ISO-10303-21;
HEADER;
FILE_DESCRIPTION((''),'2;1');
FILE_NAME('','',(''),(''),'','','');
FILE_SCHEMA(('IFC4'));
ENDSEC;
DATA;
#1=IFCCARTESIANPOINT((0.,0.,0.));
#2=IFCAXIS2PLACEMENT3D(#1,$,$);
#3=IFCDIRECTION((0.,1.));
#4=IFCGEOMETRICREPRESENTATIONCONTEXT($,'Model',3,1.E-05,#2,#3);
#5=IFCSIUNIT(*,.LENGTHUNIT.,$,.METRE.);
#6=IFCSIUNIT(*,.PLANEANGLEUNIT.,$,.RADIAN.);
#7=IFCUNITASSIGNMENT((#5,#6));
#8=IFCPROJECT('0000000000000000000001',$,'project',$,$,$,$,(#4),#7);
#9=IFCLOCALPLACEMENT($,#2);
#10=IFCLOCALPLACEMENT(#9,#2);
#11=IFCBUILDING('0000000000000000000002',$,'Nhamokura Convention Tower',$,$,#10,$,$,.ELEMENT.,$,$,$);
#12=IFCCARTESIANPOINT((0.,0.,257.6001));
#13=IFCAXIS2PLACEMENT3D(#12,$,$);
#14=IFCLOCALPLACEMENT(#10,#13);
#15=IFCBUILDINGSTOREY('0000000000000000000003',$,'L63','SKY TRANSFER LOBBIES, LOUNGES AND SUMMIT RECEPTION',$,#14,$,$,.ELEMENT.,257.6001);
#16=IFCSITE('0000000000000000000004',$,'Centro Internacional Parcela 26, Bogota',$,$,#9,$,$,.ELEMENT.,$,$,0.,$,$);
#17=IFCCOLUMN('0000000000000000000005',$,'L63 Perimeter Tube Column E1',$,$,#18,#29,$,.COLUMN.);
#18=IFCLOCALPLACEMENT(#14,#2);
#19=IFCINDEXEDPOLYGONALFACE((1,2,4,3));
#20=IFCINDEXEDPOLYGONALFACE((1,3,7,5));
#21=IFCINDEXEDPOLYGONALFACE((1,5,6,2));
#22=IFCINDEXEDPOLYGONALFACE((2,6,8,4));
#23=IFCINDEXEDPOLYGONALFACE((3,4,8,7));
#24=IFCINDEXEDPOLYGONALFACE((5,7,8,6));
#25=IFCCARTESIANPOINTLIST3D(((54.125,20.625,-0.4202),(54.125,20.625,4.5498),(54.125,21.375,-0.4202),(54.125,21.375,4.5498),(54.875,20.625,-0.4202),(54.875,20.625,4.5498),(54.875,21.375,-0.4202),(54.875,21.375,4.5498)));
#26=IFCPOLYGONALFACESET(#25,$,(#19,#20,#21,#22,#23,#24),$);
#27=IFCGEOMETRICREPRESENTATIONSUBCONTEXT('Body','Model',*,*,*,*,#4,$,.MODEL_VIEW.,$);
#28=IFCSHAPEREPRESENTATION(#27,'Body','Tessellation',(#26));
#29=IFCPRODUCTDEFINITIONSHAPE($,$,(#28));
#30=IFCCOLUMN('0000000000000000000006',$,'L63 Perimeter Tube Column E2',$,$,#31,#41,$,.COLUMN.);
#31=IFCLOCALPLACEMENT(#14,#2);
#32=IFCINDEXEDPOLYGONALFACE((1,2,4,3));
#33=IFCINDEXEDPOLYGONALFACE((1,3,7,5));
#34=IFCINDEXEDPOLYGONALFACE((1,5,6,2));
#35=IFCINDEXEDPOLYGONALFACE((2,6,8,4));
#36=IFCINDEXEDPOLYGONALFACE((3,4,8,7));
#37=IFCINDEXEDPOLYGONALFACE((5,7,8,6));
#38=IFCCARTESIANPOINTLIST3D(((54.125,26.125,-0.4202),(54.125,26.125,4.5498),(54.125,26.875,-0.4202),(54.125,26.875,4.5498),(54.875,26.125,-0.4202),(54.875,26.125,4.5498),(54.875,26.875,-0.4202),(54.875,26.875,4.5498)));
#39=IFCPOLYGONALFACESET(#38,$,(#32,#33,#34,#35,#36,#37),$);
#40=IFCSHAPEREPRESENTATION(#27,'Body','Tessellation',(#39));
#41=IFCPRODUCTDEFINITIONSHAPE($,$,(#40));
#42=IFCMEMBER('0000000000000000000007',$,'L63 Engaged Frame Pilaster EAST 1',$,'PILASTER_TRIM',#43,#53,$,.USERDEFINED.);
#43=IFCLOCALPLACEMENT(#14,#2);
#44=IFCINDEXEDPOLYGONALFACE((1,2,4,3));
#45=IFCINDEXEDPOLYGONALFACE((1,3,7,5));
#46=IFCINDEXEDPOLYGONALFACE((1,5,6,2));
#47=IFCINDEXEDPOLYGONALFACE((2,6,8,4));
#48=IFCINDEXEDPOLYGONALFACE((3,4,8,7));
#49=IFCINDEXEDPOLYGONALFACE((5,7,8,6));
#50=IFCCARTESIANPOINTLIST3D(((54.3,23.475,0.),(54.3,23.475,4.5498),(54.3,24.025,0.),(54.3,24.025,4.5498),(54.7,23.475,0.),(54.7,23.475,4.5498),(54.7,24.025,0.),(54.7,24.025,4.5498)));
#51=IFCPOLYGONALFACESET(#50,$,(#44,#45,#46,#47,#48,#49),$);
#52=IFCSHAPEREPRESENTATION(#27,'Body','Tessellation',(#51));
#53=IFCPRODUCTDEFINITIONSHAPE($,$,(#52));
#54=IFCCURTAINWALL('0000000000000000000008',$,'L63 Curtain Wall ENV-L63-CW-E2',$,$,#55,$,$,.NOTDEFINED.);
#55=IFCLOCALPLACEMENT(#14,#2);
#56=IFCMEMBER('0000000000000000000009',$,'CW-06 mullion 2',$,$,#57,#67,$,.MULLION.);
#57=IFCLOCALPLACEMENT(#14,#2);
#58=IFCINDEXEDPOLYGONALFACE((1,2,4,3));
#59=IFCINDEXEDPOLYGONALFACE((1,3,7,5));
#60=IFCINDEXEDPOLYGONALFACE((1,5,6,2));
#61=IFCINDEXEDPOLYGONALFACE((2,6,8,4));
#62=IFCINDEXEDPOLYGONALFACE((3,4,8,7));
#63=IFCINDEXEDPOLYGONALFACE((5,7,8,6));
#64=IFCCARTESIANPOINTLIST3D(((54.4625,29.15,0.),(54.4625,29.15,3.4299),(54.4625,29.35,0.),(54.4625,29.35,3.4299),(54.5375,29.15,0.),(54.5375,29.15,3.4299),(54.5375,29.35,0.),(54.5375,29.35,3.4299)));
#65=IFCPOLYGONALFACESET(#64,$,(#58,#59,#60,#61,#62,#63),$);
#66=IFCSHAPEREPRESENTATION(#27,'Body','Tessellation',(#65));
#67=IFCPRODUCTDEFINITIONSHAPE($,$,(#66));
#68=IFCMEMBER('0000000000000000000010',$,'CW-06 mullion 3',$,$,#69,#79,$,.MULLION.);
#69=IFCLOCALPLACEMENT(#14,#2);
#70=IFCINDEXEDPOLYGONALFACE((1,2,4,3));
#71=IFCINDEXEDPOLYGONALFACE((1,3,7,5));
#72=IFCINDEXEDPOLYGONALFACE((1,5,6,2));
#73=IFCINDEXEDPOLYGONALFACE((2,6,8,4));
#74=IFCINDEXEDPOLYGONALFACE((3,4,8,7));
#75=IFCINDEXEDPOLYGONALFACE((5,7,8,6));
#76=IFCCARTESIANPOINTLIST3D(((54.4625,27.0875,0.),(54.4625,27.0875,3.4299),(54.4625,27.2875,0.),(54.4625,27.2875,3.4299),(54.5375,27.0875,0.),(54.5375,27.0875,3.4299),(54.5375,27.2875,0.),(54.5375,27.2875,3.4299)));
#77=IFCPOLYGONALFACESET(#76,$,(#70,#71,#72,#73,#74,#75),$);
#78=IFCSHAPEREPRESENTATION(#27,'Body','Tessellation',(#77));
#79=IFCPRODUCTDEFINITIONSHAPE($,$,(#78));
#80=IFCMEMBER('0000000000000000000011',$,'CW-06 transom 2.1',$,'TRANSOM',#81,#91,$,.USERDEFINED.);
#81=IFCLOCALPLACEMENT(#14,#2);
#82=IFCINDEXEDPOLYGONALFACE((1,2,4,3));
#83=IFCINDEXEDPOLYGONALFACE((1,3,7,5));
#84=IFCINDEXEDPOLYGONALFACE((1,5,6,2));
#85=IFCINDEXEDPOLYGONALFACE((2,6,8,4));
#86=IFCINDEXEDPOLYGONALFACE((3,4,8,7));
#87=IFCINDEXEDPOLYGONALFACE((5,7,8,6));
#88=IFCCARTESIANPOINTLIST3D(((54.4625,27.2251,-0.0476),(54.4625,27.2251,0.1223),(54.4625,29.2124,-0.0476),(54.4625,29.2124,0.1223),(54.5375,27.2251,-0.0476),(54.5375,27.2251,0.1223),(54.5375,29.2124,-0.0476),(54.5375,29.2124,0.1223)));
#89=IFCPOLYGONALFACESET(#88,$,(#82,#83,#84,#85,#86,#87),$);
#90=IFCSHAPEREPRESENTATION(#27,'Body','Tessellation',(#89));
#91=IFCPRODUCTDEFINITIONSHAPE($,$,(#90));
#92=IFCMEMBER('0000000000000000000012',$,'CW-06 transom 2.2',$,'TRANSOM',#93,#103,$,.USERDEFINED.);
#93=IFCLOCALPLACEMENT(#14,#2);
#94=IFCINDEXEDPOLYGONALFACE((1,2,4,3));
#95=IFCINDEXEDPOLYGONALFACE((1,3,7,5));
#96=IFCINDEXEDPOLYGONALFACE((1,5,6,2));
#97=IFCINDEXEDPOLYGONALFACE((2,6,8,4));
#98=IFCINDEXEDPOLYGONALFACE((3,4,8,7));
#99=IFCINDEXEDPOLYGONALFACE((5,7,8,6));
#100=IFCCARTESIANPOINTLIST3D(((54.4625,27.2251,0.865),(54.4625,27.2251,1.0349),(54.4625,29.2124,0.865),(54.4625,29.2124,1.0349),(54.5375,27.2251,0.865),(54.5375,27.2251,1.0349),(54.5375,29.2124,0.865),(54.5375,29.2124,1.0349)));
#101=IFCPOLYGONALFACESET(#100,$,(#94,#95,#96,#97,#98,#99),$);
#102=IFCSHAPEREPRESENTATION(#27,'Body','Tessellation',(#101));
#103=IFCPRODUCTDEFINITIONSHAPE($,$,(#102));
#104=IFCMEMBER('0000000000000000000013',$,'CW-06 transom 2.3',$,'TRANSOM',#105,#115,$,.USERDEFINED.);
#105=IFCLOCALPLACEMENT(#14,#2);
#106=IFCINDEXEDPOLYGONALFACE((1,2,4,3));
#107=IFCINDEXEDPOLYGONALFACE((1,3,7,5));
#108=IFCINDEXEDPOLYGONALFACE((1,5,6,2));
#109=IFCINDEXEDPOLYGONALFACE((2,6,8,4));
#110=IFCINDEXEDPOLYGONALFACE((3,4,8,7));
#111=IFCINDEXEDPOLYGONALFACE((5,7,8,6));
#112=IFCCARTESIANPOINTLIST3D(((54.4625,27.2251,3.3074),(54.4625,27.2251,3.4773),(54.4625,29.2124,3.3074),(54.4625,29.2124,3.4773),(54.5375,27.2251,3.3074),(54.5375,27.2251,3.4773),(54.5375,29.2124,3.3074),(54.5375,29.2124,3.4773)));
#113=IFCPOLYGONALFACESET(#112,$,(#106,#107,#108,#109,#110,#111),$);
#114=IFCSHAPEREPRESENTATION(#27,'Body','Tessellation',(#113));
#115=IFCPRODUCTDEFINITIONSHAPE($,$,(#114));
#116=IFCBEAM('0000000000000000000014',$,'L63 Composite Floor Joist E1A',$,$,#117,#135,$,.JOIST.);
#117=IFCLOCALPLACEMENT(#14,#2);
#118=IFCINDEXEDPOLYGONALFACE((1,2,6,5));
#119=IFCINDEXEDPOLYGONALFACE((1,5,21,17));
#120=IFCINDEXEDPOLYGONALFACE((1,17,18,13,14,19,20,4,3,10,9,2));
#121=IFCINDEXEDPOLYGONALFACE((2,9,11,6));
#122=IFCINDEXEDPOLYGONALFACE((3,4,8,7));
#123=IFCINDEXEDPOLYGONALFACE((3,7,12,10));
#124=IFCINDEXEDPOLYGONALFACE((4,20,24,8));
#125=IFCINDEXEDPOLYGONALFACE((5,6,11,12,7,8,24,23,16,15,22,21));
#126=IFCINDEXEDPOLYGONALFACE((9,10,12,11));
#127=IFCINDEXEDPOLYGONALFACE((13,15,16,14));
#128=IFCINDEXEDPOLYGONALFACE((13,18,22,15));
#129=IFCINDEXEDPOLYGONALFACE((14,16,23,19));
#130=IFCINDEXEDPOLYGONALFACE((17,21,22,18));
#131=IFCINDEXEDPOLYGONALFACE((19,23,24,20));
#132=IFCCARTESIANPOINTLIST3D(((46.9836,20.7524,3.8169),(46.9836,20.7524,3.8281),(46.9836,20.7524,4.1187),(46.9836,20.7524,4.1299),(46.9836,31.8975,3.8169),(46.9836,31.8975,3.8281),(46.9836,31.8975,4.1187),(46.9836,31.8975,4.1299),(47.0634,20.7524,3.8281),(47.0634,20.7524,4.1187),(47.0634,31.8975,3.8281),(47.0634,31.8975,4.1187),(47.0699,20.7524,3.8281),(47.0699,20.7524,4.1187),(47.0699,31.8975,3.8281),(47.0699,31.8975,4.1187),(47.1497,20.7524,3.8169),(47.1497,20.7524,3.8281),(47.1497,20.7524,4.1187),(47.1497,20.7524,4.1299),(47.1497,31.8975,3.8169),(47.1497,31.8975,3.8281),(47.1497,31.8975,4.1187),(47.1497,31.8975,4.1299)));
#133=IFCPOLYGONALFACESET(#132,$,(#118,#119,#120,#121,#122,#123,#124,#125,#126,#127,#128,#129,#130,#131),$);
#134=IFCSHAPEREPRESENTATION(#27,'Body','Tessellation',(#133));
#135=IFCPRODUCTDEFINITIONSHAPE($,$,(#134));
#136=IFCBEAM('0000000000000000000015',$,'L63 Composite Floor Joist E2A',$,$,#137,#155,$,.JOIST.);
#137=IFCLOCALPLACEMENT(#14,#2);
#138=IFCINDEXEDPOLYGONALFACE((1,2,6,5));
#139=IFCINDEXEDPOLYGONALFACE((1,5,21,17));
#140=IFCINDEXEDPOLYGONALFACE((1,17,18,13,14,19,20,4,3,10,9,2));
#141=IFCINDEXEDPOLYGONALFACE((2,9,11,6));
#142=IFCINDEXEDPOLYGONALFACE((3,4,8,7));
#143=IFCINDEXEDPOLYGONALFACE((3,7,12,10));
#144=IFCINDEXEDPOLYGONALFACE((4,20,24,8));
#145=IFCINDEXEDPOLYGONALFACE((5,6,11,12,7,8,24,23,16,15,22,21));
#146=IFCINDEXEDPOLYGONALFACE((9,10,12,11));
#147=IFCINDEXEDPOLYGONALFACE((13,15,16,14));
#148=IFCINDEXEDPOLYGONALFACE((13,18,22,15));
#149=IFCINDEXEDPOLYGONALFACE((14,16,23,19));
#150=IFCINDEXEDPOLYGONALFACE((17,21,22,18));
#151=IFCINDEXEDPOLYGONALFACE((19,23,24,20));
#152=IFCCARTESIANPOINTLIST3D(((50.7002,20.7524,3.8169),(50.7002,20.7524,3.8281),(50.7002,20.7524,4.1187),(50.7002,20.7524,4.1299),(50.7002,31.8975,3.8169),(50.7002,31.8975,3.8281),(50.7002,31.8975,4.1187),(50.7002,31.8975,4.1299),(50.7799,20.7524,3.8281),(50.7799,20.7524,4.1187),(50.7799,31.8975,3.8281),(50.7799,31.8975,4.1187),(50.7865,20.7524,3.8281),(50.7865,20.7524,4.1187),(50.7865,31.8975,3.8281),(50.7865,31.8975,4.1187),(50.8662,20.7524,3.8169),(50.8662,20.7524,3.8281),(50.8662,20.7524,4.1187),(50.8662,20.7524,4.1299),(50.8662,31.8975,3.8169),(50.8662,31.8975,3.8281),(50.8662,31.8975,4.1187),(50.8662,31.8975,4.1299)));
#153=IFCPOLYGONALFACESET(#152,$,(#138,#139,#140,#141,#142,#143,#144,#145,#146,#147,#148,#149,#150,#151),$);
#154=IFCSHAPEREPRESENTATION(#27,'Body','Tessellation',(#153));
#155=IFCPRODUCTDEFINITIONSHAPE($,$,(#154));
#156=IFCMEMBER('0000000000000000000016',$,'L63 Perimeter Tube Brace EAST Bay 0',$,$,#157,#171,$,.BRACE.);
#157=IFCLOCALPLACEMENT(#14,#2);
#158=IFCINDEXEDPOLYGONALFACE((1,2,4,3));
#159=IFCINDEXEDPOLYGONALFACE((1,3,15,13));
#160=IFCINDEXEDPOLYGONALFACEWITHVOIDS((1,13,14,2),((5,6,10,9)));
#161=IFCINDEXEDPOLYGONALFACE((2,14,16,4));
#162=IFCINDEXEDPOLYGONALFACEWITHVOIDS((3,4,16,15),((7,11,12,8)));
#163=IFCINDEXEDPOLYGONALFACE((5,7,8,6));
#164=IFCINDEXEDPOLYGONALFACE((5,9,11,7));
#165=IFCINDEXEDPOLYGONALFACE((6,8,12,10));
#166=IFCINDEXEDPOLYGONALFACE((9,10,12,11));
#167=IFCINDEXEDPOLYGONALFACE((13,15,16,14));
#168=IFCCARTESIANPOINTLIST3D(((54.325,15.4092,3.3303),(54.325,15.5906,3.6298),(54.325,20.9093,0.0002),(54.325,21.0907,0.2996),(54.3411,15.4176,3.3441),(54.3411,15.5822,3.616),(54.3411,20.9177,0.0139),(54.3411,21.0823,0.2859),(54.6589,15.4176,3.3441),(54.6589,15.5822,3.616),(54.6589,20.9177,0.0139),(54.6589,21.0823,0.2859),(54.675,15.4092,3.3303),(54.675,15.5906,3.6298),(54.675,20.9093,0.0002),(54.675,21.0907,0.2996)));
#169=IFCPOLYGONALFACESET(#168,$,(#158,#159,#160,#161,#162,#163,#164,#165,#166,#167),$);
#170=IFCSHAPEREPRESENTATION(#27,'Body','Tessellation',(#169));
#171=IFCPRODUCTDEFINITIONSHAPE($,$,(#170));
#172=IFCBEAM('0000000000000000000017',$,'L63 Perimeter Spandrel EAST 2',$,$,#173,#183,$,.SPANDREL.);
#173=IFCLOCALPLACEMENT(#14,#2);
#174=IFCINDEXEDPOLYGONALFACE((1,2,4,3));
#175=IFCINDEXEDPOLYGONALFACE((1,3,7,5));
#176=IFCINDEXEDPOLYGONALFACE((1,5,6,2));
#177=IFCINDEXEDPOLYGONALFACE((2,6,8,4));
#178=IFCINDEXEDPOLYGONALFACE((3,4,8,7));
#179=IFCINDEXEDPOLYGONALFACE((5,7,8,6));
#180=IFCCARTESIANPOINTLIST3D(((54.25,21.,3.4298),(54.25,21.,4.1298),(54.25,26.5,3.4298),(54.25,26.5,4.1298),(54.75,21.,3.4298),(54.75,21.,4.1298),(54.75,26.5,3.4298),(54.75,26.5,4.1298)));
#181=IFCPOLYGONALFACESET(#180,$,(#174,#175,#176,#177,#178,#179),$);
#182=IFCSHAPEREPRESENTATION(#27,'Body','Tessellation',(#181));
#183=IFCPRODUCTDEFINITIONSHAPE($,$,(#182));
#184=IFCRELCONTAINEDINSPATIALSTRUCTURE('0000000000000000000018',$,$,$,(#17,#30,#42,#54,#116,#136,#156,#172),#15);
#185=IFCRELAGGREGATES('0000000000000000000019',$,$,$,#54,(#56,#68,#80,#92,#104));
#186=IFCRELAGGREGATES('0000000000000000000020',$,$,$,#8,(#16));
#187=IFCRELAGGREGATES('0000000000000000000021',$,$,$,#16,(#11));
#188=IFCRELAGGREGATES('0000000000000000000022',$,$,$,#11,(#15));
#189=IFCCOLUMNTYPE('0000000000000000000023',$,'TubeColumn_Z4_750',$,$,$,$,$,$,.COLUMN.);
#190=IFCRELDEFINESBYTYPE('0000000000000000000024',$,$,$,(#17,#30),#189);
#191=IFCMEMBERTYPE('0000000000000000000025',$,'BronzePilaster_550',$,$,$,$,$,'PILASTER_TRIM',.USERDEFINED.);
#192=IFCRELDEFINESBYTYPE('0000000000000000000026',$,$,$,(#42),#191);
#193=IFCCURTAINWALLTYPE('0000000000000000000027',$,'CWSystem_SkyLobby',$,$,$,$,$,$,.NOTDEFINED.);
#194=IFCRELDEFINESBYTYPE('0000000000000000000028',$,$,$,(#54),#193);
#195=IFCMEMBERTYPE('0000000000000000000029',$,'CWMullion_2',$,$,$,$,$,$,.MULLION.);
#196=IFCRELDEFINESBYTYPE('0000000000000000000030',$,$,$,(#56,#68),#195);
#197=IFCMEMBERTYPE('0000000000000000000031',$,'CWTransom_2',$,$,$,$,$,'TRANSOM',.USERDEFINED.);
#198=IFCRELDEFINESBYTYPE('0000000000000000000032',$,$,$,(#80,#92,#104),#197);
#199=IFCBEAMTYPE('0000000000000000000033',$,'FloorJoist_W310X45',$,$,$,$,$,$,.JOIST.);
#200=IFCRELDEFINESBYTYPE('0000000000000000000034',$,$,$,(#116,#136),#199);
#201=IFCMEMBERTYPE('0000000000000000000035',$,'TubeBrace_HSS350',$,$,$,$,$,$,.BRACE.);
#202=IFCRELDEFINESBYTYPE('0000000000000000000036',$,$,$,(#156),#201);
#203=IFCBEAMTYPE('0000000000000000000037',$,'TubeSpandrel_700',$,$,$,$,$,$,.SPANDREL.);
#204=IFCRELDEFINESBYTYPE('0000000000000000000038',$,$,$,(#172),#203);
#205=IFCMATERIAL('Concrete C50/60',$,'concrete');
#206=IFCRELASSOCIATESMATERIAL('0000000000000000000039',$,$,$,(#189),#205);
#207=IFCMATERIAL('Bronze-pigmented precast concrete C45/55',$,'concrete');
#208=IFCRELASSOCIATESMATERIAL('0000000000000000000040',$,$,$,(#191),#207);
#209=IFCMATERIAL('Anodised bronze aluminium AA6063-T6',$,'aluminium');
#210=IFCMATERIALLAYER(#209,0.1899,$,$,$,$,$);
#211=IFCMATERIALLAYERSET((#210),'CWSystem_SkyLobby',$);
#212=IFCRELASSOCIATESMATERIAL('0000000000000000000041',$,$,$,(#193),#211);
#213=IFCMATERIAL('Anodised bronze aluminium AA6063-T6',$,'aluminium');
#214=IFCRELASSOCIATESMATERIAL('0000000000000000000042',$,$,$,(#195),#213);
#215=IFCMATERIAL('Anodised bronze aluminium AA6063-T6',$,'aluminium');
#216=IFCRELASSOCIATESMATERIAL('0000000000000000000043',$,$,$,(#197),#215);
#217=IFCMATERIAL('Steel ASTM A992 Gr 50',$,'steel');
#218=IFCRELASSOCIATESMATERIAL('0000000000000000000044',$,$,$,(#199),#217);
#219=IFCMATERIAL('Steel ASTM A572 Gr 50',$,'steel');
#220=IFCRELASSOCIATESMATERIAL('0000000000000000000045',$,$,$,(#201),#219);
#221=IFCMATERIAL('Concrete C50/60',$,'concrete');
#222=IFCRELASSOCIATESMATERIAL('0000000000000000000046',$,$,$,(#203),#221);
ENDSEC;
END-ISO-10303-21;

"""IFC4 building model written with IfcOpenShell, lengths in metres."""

from ifc_helpers import new_model, si_unit, direction, frame, origin, origin_2d, place, context, subcontext, project, spatial, rectangle, hollow_rectangle, i_section, extrude, material, layer, layer_set, material_profile, profile_set, type_object, element, aggregate, save


model = new_model("IFC4")

# Units and contexts
model_context = context("Model", 3, precision=1e-05, world=origin(), true_north=direction((0.0, 1.0)))
body_context = subcontext(model_context, "Body", "Model", "MODEL_VIEW")
ifc_project = project(units=[si_unit("LENGTHUNIT", "METRE"), si_unit("PLANEANGLEUNIT", "RADIAN")], contexts=[model_context])

# Site, building, storey
site_placement = place(None, origin())
site = spatial("IfcSite", under=ifc_project, at=site_placement, Name="Centro Internacional Parcela 26, Bogota", CompositionType="ELEMENT", RefElevation=0.0)
building_placement = place(site_placement, origin())
building = spatial("IfcBuilding", under=site, at=building_placement, Name="Nhamokura Convention Tower", CompositionType="ELEMENT")
storey_placement = place(building_placement, frame((0.0, 0.0, 257.6001)))
storey = spatial("IfcBuildingStorey", under=building, at=storey_placement, Name="L63", Description="SKY TRANSFER LOBBIES, LOUNGES AND SUMMIT RECEPTION", CompositionType="ELEMENT", Elevation=257.6001)

# Columns
ifc_material_1 = material(Name="Concrete C50/60", Category="concrete")
ifc_material_profile_1 = material_profile(ifc_material_1, rectangle(XDim=0.75, YDim=0.75, at=origin_2d()))
ifc_profile_set_1 = profile_set([ifc_material_profile_1], Name="Concrete C50/60")
column_type = type_object("IfcColumnType", Name="TubeColumn_Z4_750", PredefinedType="COLUMN", material=ifc_profile_set_1)
for number, where, z_axis, x_axis, name in (
    (1, (54.5, 21.0, -0.4202), (0.0, 0.0, 1.0), (1.0, 0.0, 0.0), "L63 Perimeter Tube Column E1"),
    (2, (54.5, 26.5, -0.4202), (0.0, 0.0, 1.0), (1.0, 0.0, 0.0), "L63 Perimeter Tube Column E2"),
):
    element("IfcColumn", number, at=place(storey_placement, frame(where, z_axis=z_axis, x_axis=x_axis)), inside=storey, type_object=column_type, Name=name, PredefinedType="COLUMN", context=body_context, shape_type="SweptSolid", body=[
        extrude(rectangle(XDim=0.75, YDim=0.75, at=origin_2d()), origin(), (0.0, 0.0, 1.0), 4.97),
    ])

# Member
ifc_material_2 = material(Name="Bronze-pigmented precast concrete C45/55", Category="concrete")
ifc_material_profile_2 = material_profile(ifc_material_2, rectangle(XDim=0.3999, YDim=0.55, at=origin_2d()))
ifc_profile_set_2 = profile_set([ifc_material_profile_2], Name="Bronze-pigmented precast concrete C45/55")
member_type_1 = type_object("IfcMemberType", Name="BronzePilaster_550", ElementType="PILASTER_TRIM", PredefinedType="USERDEFINED", material=ifc_profile_set_2)
member_1_placement = place(storey_placement, frame((54.5, 23.75, 0.0), z_axis=(0.0, 0.0, 1.0), x_axis=(1.0, 0.0, 0.0)))
element("IfcMember", 3, at=member_1_placement, inside=storey, type_object=member_type_1, Name="L63 Engaged Frame Pilaster EAST 1", ObjectType="PILASTER_TRIM", PredefinedType="USERDEFINED", context=body_context, shape_type="SweptSolid", body=[
    extrude(rectangle(XDim=0.3999, YDim=0.55, at=origin_2d()), origin(), (0.0, 0.0, 1.0), 4.5498),
])

# Curtain wall, members
ifc_material_3 = material(Name="Anodised bronze aluminium AA6063-T6", Category="aluminium")
ifc_layer_1 = layer(ifc_material_3, 0.1899)
ifc_layer_set_1 = layer_set([ifc_layer_1], Name="CWSystem_SkyLobby")
curtain_wall_type = type_object("IfcCurtainWallType", Name="CWSystem_SkyLobby", PredefinedType="NOTDEFINED", material=ifc_layer_set_1)
curtain_wall_placement = place(storey_placement, origin())
curtain_wall = element("IfcCurtainWall", 4, at=curtain_wall_placement, inside=storey, type_object=curtain_wall_type, Name="L63 Curtain Wall ENV-L63-CW-E2", PredefinedType="NOTDEFINED")
ifc_material_4 = material(Name="Anodised bronze aluminium AA6063-T6", Category="aluminium")
ifc_material_profile_3 = material_profile(ifc_material_4, rectangle(XDim=0.075, YDim=0.2, at=origin_2d()))
ifc_profile_set_3 = profile_set([ifc_material_profile_3], Name="Anodised bronze aluminium AA6063-T6")
member_type_2 = type_object("IfcMemberType", Name="CWMullion_2", PredefinedType="MULLION", material=ifc_profile_set_3)
member_2_placement = place(storey_placement, frame((54.5, 29.25, 0.0), z_axis=(0.0, 0.0, 1.0), x_axis=(1.0, 0.0, 0.0)))
member_2 = element("IfcMember", 5, at=member_2_placement, type_object=member_type_2, Name="CW-06 mullion 2", PredefinedType="MULLION", context=body_context, shape_type="SweptSolid", body=[
    extrude(rectangle(XDim=0.075, YDim=0.2, at=origin_2d()), origin(), (0.0, 0.0, 1.0), 3.4299),
])
member_3_placement = place(storey_placement, frame((54.5, 27.1875, 0.0), z_axis=(0.0, 0.0, 1.0), x_axis=(1.0, 0.0, 0.0)))
member_3 = element("IfcMember", 6, at=member_3_placement, type_object=member_type_2, Name="CW-06 mullion 3", PredefinedType="MULLION", context=body_context, shape_type="SweptSolid", body=[
    extrude(rectangle(XDim=0.075, YDim=0.2, at=origin_2d()), origin(), (0.0, 0.0, 1.0), 3.4299),
])
ifc_material_5 = material(Name="Anodised bronze aluminium AA6063-T6", Category="aluminium")
ifc_material_profile_4 = material_profile(ifc_material_5, rectangle(XDim=0.075, YDim=0.1699, at=origin_2d()))
ifc_profile_set_4 = profile_set([ifc_material_profile_4], Name="Anodised bronze aluminium AA6063-T6")
member_type_3 = type_object("IfcMemberType", Name="CWTransom_2", ElementType="TRANSOM", PredefinedType="USERDEFINED", material=ifc_profile_set_4)
member_4_placement = place(storey_placement, frame((54.5, 29.2124, 0.0374), z_axis=(0.0, -1.0, 0.0), x_axis=(1.0, 0.0, 0.0)))
member_4 = element("IfcMember", 7, at=member_4_placement, type_object=member_type_3, Name="CW-06 transom 2.1", ObjectType="TRANSOM", PredefinedType="USERDEFINED", context=body_context, shape_type="SweptSolid", body=[
    extrude(rectangle(XDim=0.075, YDim=0.1699, at=origin_2d()), origin(), (0.0, 0.0, 1.0), 1.9873),
])
member_5_placement = place(storey_placement, frame((54.5, 29.2124, 0.95), z_axis=(0.0, -1.0, 0.0), x_axis=(1.0, 0.0, 0.0)))
member_5 = element("IfcMember", 8, at=member_5_placement, type_object=member_type_3, Name="CW-06 transom 2.2", ObjectType="TRANSOM", PredefinedType="USERDEFINED", context=body_context, shape_type="SweptSolid", body=[
    extrude(rectangle(XDim=0.075, YDim=0.1699, at=origin_2d()), origin(), (0.0, 0.0, 1.0), 1.9873),
])
member_6_placement = place(storey_placement, frame((54.5, 29.2124, 3.3923), z_axis=(0.0, -1.0, 0.0), x_axis=(1.0, 0.0, 0.0)))
member_6 = element("IfcMember", 9, at=member_6_placement, type_object=member_type_3, Name="CW-06 transom 2.3", ObjectType="TRANSOM", PredefinedType="USERDEFINED", context=body_context, shape_type="SweptSolid", body=[
    extrude(rectangle(XDim=0.075, YDim=0.1699, at=origin_2d()), origin(), (0.0, 0.0, 1.0), 1.9873),
])

# Beams
ifc_material_6 = material(Name="Steel ASTM A992 Gr 50", Category="steel")
ifc_material_profile_5 = material_profile(ifc_material_6, i_section(OverallWidth=0.166, OverallDepth=0.313, WebThickness=0.0066, FlangeThickness=0.0112, at=origin_2d()))
ifc_profile_set_5 = profile_set([ifc_material_profile_5], Name="Steel ASTM A992 Gr 50")
beam_type_1 = type_object("IfcBeamType", Name="FloorJoist_W310X45", PredefinedType="JOIST", material=ifc_profile_set_5)
for number, where, z_axis, x_axis, name in (
    (10, (47.0667, 20.7524, 3.9734), (0.0, 1.0, 0.0), (-1.0, 0.0, 0.0), "L63 Composite Floor Joist E1A"),
    (11, (50.7832, 20.7524, 3.9734), (0.0, 1.0, 0.0), (-1.0, 0.0, 0.0), "L63 Composite Floor Joist E2A"),
):
    element("IfcBeam", number, at=place(storey_placement, frame(where, z_axis=z_axis, x_axis=x_axis)), inside=storey, type_object=beam_type_1, Name=name, PredefinedType="JOIST", context=body_context, shape_type="SweptSolid", body=[
        extrude(i_section(OverallWidth=0.166, OverallDepth=0.313, WebThickness=0.0066, FlangeThickness=0.0112, at=origin_2d()), origin(), (0.0, 0.0, 1.0), 11.145),
    ])

# Member
ifc_material_7 = material(Name="Steel ASTM A572 Gr 50", Category="steel")
ifc_material_profile_6 = material_profile(ifc_material_7, hollow_rectangle(XDim=0.3501, YDim=0.3501, WallThickness=0.0161, at=origin_2d()))
ifc_profile_set_6 = profile_set([ifc_material_profile_6], Name="Steel ASTM A572 Gr 50")
member_type_4 = type_object("IfcMemberType", Name="TubeBrace_HSS350", PredefinedType="BRACE", material=ifc_profile_set_6)
member_7_placement = place(storey_placement, frame((54.5, 21.0, 0.1499), z_axis=(0.0, -0.855422, 0.517931), x_axis=(1.0, 0.0, 0.0)))
element("IfcMember", 12, at=member_7_placement, inside=storey, type_object=member_type_4, Name="L63 Perimeter Tube Brace EAST Bay 0", PredefinedType="BRACE", context=body_context, shape_type="SweptSolid", body=[
    extrude(hollow_rectangle(XDim=0.3501, YDim=0.3501, WallThickness=0.0161, at=origin_2d()), origin(), (0.0, 0.0, 1.0), 6.4297),
])

# Beam
ifc_material_8 = material(Name="Concrete C50/60", Category="concrete")
ifc_material_profile_7 = material_profile(ifc_material_8, rectangle(XDim=0.5, YDim=0.7, at=origin_2d()))
ifc_profile_set_7 = profile_set([ifc_material_profile_7], Name="Concrete C50/60")
beam_type_2 = type_object("IfcBeamType", Name="TubeSpandrel_700", PredefinedType="SPANDREL", material=ifc_profile_set_7)
for number, where, z_axis, x_axis, name in (
    (13, (54.5, 21.0, 3.7798), (0.0, 1.0, 0.0), (-1.0, 0.0, 0.0), "L63 Perimeter Spandrel EAST 2"),
):
    element("IfcBeam", number, at=place(storey_placement, frame(where, z_axis=z_axis, x_axis=x_axis)), inside=storey, type_object=beam_type_2, Name=name, PredefinedType="SPANDREL", context=body_context, shape_type="SweptSolid", body=[
        extrude(rectangle(XDim=0.5, YDim=0.7, at=origin_2d()), origin(), (0.0, 0.0, 1.0), 5.5),
    ])

aggregate(curtain_wall, [member_2, member_3, member_4, member_5, member_6])

save(model, "model.ifc")
